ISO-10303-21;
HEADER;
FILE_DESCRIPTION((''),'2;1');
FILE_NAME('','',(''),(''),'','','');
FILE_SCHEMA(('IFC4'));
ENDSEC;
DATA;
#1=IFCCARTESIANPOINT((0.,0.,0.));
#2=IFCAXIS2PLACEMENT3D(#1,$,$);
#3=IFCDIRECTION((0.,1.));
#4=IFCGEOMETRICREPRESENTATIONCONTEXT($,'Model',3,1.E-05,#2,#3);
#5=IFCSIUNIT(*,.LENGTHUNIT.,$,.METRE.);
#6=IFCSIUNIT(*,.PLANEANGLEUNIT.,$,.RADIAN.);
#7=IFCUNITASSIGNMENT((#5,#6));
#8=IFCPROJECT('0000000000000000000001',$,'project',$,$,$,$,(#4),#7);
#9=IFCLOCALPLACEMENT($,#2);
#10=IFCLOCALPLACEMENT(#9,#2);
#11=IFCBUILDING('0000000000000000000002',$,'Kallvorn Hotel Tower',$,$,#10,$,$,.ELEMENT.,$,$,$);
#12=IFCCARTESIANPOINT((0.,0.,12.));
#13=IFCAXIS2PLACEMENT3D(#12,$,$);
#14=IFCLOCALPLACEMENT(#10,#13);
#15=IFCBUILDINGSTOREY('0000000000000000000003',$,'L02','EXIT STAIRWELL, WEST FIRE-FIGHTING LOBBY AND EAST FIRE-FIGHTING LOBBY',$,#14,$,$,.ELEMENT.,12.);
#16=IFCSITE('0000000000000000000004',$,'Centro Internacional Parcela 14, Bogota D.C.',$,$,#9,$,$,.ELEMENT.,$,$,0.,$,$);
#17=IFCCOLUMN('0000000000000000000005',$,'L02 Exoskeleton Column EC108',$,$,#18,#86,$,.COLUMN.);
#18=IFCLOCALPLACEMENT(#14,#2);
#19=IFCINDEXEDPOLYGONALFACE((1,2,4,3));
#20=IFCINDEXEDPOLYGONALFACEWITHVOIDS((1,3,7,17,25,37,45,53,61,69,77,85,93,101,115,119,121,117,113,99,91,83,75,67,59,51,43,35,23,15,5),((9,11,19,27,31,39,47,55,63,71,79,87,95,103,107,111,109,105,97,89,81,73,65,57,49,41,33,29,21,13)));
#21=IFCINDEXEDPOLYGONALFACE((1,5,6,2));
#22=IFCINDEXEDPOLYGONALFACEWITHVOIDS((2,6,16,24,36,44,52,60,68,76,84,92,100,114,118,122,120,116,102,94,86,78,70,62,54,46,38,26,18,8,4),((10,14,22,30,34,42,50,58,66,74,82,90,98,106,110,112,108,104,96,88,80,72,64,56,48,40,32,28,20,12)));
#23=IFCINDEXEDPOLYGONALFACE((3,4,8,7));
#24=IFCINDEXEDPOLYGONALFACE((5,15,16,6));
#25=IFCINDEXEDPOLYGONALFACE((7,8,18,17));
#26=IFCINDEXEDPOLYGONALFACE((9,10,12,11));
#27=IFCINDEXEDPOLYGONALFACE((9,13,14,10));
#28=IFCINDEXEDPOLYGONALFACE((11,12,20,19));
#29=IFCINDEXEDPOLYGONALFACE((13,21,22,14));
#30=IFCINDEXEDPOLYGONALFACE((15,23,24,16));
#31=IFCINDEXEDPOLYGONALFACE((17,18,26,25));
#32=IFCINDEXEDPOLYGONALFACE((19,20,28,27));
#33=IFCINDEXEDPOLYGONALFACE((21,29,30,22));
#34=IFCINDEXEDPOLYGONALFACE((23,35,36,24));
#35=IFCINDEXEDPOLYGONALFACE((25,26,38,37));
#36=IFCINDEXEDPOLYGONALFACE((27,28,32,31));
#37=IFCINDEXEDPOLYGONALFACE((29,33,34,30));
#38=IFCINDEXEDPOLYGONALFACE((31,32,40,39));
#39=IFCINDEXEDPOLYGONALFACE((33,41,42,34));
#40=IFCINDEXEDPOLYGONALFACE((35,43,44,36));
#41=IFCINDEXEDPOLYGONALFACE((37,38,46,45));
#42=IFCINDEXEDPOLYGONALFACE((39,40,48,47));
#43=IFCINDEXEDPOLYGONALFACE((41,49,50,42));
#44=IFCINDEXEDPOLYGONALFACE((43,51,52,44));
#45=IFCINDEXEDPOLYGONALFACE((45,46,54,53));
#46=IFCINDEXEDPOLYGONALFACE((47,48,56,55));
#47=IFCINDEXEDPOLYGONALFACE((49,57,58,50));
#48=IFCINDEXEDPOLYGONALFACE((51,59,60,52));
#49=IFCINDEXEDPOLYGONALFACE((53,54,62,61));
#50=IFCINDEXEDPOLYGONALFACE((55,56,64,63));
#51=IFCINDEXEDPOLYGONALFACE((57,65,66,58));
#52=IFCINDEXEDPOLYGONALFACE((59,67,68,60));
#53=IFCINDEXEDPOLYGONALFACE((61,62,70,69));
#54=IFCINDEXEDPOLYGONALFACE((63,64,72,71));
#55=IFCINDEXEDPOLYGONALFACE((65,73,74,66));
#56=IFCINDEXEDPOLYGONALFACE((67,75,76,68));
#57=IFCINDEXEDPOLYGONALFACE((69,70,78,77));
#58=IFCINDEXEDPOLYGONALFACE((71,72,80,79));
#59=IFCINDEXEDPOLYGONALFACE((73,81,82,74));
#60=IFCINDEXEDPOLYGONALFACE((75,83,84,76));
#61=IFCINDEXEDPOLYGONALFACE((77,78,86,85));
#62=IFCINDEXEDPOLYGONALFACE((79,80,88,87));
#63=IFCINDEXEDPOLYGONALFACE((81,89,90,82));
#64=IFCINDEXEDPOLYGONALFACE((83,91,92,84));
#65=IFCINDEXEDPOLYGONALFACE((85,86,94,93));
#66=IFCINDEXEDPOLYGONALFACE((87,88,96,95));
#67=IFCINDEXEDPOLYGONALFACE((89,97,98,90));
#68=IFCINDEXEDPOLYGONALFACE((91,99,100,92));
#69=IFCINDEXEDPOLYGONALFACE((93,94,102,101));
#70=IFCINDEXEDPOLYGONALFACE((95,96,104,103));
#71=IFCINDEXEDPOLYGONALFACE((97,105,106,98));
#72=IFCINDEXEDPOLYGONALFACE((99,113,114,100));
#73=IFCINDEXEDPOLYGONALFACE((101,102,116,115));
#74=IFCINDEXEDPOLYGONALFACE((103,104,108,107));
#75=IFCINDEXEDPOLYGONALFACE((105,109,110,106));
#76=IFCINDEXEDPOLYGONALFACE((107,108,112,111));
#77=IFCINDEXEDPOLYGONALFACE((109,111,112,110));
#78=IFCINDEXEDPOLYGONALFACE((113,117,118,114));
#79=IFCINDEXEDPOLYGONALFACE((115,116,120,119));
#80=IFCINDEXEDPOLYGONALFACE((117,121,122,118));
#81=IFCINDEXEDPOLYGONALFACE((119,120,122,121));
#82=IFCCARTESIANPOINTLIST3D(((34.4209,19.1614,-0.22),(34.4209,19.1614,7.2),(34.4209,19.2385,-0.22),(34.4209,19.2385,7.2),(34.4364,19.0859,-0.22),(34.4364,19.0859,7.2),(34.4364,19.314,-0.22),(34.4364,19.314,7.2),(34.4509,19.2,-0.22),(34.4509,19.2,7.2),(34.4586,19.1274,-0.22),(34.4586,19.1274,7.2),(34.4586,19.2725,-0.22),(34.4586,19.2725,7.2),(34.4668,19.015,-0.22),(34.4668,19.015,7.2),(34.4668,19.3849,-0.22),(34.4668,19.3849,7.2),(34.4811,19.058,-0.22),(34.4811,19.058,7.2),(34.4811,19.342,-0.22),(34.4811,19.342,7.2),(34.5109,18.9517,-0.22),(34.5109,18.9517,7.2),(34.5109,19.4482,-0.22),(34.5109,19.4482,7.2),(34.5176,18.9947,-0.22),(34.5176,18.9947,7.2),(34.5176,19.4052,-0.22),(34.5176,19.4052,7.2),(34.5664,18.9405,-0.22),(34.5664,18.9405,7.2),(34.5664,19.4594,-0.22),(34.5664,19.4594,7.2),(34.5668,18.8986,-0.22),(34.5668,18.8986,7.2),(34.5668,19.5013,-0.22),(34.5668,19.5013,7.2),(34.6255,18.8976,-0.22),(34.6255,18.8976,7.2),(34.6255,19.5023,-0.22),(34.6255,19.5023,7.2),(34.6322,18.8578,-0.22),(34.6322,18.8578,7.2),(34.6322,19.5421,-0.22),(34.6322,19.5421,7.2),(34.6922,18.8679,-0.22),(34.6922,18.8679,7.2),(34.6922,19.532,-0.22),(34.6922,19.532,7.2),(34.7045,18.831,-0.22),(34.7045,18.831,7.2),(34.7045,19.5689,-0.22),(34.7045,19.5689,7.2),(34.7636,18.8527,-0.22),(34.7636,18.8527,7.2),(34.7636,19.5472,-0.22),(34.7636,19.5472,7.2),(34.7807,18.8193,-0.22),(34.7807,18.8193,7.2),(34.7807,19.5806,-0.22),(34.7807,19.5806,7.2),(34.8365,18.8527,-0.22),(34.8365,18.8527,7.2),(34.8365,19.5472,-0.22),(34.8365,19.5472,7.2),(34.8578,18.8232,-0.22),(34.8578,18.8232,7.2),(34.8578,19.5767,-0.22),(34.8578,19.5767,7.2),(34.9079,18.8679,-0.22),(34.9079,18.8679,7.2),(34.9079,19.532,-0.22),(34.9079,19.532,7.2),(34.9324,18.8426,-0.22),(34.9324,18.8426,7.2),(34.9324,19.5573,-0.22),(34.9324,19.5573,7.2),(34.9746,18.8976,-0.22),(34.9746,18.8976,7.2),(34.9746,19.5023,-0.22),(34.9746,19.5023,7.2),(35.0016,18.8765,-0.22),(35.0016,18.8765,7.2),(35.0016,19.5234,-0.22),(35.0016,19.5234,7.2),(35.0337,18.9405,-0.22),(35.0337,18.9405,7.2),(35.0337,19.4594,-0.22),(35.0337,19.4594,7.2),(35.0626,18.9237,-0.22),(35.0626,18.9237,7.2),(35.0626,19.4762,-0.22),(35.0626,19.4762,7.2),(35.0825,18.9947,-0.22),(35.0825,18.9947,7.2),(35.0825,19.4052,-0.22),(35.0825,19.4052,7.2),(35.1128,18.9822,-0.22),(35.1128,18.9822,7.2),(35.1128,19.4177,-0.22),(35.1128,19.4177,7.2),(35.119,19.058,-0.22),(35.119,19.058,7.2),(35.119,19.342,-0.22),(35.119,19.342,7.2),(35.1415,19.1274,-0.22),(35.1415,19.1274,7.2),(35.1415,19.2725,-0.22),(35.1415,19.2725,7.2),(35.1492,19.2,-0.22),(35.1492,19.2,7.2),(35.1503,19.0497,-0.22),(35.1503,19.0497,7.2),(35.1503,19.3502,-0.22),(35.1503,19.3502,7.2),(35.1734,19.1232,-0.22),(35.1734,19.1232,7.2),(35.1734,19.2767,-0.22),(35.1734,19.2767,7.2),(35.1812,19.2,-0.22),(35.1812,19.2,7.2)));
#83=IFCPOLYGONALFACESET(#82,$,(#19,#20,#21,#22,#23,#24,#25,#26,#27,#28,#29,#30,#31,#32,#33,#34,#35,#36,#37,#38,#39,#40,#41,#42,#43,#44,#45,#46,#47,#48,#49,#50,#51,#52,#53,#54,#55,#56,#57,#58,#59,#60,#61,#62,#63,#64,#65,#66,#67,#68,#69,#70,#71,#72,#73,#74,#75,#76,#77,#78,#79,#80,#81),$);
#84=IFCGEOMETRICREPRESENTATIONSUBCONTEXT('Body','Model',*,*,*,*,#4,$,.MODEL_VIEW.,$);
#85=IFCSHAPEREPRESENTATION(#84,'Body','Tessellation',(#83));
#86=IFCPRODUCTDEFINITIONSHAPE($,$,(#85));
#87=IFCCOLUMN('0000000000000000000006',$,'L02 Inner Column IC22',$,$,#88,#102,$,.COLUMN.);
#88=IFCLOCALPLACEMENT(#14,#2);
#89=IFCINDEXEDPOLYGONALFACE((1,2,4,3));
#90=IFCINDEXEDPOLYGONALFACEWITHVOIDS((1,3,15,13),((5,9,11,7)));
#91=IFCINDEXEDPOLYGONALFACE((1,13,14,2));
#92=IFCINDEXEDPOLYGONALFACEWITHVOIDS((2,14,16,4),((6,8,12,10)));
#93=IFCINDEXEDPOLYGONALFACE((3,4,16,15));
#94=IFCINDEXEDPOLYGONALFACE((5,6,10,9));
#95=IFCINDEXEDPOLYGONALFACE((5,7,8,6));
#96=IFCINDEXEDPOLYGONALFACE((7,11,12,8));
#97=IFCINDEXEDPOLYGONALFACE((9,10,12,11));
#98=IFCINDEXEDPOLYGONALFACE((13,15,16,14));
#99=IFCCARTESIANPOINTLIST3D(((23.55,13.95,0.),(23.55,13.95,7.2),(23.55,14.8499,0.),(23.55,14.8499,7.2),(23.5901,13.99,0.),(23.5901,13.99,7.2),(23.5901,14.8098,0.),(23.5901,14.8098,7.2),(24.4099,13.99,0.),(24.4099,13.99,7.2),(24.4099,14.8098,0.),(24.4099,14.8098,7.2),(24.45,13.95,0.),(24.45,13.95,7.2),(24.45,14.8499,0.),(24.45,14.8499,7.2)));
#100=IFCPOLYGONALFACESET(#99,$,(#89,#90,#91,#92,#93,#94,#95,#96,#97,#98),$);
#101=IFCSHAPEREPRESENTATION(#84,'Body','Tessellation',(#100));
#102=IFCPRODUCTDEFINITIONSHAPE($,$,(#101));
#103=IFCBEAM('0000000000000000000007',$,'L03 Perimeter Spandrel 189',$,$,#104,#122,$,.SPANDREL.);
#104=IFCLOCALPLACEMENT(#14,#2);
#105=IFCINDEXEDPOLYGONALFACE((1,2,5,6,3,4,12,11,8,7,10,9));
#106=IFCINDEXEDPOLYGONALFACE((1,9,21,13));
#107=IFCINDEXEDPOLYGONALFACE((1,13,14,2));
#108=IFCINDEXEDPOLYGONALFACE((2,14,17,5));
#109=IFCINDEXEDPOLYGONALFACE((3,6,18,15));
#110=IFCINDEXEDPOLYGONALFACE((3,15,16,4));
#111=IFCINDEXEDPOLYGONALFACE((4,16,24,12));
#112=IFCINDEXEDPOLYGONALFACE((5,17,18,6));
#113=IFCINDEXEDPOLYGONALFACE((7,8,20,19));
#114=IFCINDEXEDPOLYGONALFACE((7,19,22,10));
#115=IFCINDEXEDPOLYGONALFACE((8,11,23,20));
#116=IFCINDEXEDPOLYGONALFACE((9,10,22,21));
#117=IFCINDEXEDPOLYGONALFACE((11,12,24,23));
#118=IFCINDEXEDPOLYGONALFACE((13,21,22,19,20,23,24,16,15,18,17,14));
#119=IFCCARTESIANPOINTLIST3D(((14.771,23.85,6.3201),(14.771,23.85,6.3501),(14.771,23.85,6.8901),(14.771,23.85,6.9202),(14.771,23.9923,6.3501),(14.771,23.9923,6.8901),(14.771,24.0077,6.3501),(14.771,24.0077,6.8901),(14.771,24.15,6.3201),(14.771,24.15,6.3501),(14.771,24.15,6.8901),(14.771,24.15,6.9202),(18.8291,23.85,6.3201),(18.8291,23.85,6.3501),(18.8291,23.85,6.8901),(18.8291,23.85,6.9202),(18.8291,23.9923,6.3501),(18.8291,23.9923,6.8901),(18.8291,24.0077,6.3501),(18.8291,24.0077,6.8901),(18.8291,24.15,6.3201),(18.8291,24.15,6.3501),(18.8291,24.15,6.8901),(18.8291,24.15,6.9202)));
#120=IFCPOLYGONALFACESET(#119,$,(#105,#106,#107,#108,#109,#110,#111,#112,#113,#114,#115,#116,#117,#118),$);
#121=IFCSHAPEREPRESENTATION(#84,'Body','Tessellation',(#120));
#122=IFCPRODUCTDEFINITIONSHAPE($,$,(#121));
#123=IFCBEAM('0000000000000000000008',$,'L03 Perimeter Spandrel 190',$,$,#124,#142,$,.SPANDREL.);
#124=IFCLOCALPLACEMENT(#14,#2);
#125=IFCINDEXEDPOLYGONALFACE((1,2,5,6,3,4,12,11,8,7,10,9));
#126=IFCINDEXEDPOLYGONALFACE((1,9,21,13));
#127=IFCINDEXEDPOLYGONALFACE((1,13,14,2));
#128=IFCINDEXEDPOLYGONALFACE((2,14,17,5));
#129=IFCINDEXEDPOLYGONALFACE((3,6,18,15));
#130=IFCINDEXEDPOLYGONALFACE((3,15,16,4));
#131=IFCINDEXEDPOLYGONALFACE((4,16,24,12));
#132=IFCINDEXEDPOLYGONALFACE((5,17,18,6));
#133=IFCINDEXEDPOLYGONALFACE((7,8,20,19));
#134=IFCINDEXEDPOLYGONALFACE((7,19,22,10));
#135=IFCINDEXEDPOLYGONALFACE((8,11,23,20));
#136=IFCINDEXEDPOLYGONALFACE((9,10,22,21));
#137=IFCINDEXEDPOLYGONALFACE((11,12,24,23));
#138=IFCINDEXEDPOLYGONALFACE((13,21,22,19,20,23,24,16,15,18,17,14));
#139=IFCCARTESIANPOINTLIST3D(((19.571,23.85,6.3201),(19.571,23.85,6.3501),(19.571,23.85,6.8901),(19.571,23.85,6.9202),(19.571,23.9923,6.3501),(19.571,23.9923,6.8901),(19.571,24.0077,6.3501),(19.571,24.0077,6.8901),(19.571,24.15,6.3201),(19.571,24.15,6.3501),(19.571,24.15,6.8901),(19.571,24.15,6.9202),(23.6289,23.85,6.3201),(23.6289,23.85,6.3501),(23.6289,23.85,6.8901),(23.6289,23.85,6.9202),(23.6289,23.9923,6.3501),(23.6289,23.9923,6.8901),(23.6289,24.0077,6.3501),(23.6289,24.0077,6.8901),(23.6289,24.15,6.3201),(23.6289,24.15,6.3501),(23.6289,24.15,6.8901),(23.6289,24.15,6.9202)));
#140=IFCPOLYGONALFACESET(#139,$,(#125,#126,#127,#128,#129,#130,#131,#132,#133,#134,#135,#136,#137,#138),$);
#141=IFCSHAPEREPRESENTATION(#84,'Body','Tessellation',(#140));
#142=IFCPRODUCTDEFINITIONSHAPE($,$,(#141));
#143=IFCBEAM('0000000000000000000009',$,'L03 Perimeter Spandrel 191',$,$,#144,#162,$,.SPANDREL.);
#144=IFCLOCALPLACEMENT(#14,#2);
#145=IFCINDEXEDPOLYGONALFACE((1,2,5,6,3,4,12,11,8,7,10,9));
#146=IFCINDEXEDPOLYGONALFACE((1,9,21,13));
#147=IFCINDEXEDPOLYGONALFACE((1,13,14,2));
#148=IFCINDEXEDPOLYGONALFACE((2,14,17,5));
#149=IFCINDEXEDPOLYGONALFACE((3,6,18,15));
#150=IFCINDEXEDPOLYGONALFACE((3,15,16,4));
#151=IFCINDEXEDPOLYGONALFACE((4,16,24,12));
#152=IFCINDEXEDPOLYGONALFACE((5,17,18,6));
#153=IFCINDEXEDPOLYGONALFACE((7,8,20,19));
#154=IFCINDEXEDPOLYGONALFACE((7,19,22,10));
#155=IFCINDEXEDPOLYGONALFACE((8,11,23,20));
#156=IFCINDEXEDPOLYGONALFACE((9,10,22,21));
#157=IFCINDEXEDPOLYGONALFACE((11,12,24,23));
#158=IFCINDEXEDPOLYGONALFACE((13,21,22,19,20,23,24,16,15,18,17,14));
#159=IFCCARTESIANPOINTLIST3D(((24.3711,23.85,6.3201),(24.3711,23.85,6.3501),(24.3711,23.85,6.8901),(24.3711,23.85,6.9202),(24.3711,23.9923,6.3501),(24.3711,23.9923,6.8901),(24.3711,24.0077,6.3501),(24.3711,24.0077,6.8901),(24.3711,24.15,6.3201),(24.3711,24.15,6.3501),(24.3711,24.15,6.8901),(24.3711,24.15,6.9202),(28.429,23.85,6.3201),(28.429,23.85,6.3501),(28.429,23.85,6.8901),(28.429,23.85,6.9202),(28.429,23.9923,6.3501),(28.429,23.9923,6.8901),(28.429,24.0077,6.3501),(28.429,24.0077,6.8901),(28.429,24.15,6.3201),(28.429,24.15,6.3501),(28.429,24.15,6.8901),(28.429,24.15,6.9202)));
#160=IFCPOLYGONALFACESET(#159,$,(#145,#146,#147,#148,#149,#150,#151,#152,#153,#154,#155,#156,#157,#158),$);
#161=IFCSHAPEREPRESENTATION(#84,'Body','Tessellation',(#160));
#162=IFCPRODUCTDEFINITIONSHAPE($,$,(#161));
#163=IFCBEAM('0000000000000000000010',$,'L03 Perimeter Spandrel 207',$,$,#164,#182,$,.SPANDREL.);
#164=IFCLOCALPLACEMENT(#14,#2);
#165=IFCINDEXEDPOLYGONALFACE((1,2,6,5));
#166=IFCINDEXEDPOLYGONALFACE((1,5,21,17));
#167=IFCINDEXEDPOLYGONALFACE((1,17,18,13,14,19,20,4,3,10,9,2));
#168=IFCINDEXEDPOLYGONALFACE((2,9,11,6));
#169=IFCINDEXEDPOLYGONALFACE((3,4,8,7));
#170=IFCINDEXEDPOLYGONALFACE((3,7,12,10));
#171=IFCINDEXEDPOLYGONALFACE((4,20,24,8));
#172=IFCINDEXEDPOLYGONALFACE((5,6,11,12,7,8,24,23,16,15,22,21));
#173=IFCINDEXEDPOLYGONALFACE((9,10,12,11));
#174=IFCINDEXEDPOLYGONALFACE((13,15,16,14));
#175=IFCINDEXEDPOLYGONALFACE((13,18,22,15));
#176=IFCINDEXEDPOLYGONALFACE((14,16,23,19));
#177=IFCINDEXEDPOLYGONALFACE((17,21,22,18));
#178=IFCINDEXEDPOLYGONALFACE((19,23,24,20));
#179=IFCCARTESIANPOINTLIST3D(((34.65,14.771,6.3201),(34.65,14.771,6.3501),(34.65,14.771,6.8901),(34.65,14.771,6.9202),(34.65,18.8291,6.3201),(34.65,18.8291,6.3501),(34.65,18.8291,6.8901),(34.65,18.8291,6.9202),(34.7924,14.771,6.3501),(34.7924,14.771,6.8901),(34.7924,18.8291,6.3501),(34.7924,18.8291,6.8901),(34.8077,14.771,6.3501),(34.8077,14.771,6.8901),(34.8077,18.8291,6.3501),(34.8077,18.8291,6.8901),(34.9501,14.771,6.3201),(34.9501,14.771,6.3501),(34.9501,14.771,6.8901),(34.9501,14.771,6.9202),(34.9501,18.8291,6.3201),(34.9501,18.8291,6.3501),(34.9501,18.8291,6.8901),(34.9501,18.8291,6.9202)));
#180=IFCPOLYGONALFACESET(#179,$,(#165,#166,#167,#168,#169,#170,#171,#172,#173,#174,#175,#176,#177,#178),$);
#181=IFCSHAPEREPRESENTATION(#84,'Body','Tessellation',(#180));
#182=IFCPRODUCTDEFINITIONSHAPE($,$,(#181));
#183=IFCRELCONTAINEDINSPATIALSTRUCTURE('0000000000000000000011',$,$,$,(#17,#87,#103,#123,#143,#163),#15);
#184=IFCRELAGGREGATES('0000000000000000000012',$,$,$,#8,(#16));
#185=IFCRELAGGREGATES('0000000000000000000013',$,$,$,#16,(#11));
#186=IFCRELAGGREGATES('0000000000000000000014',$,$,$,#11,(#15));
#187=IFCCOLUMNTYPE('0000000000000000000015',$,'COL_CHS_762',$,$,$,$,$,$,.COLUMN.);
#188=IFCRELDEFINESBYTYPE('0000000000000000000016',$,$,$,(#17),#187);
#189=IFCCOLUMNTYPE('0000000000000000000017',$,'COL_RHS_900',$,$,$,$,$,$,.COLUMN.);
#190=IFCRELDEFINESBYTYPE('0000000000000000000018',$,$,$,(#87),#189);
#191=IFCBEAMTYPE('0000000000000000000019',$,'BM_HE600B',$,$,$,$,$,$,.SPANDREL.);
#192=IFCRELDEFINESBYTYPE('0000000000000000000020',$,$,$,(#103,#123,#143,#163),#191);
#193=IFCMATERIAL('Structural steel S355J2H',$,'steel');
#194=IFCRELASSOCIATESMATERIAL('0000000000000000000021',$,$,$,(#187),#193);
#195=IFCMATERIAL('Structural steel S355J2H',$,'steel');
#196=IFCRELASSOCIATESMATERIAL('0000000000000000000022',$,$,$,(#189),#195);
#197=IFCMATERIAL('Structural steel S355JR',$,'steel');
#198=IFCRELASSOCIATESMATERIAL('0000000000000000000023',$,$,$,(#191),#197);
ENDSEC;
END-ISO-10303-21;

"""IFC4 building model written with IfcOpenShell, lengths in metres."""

from ifc_helpers import new_model, si_unit, direction, frame, origin, origin_2d, place, context, subcontext, project, spatial, hollow_rectangle, hollow_circle, i_section, extrude, material, material_profile, profile_set, type_object, element, save


model = new_model("IFC4")

# Units and contexts
model_context = context("Model", 3, precision=1e-05, world=origin(), true_north=direction((0.0, 1.0)))
body_context = subcontext(model_context, "Body", "Model", "MODEL_VIEW")
ifc_project = project(units=[si_unit("LENGTHUNIT", "METRE"), si_unit("PLANEANGLEUNIT", "RADIAN")], contexts=[model_context])

# Site, building, storey
site_placement = place(None, origin())
site = spatial("IfcSite", under=ifc_project, at=site_placement, Name="Centro Internacional Parcela 14, Bogota D.C.", CompositionType="ELEMENT", RefElevation=0.0)
building_placement = place(site_placement, origin())
building = spatial("IfcBuilding", under=site, at=building_placement, Name="Kallvorn Hotel Tower", CompositionType="ELEMENT")
storey_placement = place(building_placement, frame((0.0, 0.0, 12.0)))
storey = spatial("IfcBuildingStorey", under=building, at=storey_placement, Name="L02", Description="EXIT STAIRWELL, WEST FIRE-FIGHTING LOBBY AND EAST FIRE-FIGHTING LOBBY", CompositionType="ELEMENT", Elevation=12.0)

# Columns
ifc_material_1 = material(Name="Structural steel S355J2H", Category="steel")
ifc_material_profile_1 = material_profile(ifc_material_1, hollow_circle(Radius=0.3811, WallThickness=0.032, at=origin_2d()), Name="CHS 762x32")
ifc_profile_set_1 = profile_set([ifc_material_profile_1], Name="Structural steel S355J2H")
column_type_1 = type_object("IfcColumnType", Name="COL_CHS_762", PredefinedType="COLUMN", material=ifc_profile_set_1)
for number, where, z_axis, x_axis, name in (
    (1, (34.8, 19.2, -0.22), (0.0, 0.0, 1.0), (1.0, 0.0, 0.0), "L02 Exoskeleton Column EC108"),
):
    element("IfcColumn", number, at=place(storey_placement, frame(where, z_axis=z_axis, x_axis=x_axis)), inside=storey, type_object=column_type_1, Name=name, PredefinedType="COLUMN", context=body_context, shape_type="SweptSolid", body=[
        extrude(hollow_circle(Radius=0.3811, WallThickness=0.032, at=origin_2d()), origin(), (0.0, 0.0, 1.0), 7.4199),
    ])
ifc_material_2 = material(Name="Structural steel S355J2H", Category="steel")
ifc_material_profile_2 = material_profile(ifc_material_2, hollow_rectangle(XDim=0.8999, YDim=0.8999, WallThickness=0.04, at=origin_2d()), Name="RHS 900x900x40")
ifc_profile_set_2 = profile_set([ifc_material_profile_2], Name="Structural steel S355J2H")
column_type_2 = type_object("IfcColumnType", Name="COL_RHS_900", PredefinedType="COLUMN", material=ifc_profile_set_2)
column_1_placement = place(storey_placement, frame((24.0, 14.3999, 0.0), z_axis=(0.0, 0.0, 1.0), x_axis=(1.0, 0.0, 0.0)))
element("IfcColumn", 2, at=column_1_placement, inside=storey, type_object=column_type_2, Name="L02 Inner Column IC22", PredefinedType="COLUMN", context=body_context, shape_type="SweptSolid", body=[
    extrude(hollow_rectangle(XDim=0.8999, YDim=0.8999, WallThickness=0.04, at=origin_2d()), origin(), (0.0, 0.0, 1.0), 7.2),
])

# Beams
ifc_material_3 = material(Name="Structural steel S355JR", Category="steel")
ifc_material_profile_3 = material_profile(ifc_material_3, i_section(OverallWidth=0.3, OverallDepth=0.6001, WebThickness=0.0154, FlangeThickness=0.03, at=origin_2d()), Name="HE 600 B")
ifc_profile_set_3 = profile_set([ifc_material_profile_3], Name="Structural steel S355JR")
beam_type_1 = type_object("IfcBeamType", Name="BM_HE600B", PredefinedType="SPANDREL", material=ifc_profile_set_3)
beam_1_placement = place(storey_placement, frame((14.771, 24.0, 6.6201), z_axis=(1.0, 0.0, 0.0), x_axis=(0.0, 1.0, 0.0)))
element("IfcBeam", 3, at=beam_1_placement, inside=storey, type_object=beam_type_1, Name="L03 Perimeter Spandrel 189", PredefinedType="SPANDREL", context=body_context, shape_type="SweptSolid", body=[
    extrude(i_section(OverallWidth=0.3, OverallDepth=0.6001, WebThickness=0.0154, FlangeThickness=0.03, at=origin_2d()), origin(), (0.0, 0.0, 1.0), 4.0581),
])
for number, where, z_axis, x_axis, name in (
    (4, (19.571, 24.0, 6.6201), (1.0, 0.0, 0.0), (0.0, 1.0, 0.0), "L03 Perimeter Spandrel 190"),
    (5, (24.3711, 24.0, 6.6201), (1.0, 0.0, 0.0), (0.0, 1.0, 0.0), "L03 Perimeter Spandrel 191"),
):
    element("IfcBeam", number, at=place(storey_placement, frame(where, z_axis=z_axis, x_axis=x_axis)), inside=storey, type_object=beam_type_1, Name=name, PredefinedType="SPANDREL", context=body_context, shape_type="SweptSolid", body=[
        extrude(i_section(OverallWidth=0.3, OverallDepth=0.6001, WebThickness=0.0154, FlangeThickness=0.03, at=origin_2d()), origin(), (0.0, 0.0, 1.0), 4.0579),
    ])
beam_2_placement = place(storey_placement, frame((34.8, 14.771, 6.6201), z_axis=(0.0, 1.0, 0.0), x_axis=(-1.0, 0.0, 0.0)))
element("IfcBeam", 6, at=beam_2_placement, inside=storey, type_object=beam_type_1, Name="L03 Perimeter Spandrel 207", PredefinedType="SPANDREL", context=body_context, shape_type="SweptSolid", body=[
    extrude(i_section(OverallWidth=0.3, OverallDepth=0.6001, WebThickness=0.0154, FlangeThickness=0.03, at=origin_2d()), origin(), (0.0, 0.0, 1.0), 4.0581),
])

save(model, "model.ifc")
